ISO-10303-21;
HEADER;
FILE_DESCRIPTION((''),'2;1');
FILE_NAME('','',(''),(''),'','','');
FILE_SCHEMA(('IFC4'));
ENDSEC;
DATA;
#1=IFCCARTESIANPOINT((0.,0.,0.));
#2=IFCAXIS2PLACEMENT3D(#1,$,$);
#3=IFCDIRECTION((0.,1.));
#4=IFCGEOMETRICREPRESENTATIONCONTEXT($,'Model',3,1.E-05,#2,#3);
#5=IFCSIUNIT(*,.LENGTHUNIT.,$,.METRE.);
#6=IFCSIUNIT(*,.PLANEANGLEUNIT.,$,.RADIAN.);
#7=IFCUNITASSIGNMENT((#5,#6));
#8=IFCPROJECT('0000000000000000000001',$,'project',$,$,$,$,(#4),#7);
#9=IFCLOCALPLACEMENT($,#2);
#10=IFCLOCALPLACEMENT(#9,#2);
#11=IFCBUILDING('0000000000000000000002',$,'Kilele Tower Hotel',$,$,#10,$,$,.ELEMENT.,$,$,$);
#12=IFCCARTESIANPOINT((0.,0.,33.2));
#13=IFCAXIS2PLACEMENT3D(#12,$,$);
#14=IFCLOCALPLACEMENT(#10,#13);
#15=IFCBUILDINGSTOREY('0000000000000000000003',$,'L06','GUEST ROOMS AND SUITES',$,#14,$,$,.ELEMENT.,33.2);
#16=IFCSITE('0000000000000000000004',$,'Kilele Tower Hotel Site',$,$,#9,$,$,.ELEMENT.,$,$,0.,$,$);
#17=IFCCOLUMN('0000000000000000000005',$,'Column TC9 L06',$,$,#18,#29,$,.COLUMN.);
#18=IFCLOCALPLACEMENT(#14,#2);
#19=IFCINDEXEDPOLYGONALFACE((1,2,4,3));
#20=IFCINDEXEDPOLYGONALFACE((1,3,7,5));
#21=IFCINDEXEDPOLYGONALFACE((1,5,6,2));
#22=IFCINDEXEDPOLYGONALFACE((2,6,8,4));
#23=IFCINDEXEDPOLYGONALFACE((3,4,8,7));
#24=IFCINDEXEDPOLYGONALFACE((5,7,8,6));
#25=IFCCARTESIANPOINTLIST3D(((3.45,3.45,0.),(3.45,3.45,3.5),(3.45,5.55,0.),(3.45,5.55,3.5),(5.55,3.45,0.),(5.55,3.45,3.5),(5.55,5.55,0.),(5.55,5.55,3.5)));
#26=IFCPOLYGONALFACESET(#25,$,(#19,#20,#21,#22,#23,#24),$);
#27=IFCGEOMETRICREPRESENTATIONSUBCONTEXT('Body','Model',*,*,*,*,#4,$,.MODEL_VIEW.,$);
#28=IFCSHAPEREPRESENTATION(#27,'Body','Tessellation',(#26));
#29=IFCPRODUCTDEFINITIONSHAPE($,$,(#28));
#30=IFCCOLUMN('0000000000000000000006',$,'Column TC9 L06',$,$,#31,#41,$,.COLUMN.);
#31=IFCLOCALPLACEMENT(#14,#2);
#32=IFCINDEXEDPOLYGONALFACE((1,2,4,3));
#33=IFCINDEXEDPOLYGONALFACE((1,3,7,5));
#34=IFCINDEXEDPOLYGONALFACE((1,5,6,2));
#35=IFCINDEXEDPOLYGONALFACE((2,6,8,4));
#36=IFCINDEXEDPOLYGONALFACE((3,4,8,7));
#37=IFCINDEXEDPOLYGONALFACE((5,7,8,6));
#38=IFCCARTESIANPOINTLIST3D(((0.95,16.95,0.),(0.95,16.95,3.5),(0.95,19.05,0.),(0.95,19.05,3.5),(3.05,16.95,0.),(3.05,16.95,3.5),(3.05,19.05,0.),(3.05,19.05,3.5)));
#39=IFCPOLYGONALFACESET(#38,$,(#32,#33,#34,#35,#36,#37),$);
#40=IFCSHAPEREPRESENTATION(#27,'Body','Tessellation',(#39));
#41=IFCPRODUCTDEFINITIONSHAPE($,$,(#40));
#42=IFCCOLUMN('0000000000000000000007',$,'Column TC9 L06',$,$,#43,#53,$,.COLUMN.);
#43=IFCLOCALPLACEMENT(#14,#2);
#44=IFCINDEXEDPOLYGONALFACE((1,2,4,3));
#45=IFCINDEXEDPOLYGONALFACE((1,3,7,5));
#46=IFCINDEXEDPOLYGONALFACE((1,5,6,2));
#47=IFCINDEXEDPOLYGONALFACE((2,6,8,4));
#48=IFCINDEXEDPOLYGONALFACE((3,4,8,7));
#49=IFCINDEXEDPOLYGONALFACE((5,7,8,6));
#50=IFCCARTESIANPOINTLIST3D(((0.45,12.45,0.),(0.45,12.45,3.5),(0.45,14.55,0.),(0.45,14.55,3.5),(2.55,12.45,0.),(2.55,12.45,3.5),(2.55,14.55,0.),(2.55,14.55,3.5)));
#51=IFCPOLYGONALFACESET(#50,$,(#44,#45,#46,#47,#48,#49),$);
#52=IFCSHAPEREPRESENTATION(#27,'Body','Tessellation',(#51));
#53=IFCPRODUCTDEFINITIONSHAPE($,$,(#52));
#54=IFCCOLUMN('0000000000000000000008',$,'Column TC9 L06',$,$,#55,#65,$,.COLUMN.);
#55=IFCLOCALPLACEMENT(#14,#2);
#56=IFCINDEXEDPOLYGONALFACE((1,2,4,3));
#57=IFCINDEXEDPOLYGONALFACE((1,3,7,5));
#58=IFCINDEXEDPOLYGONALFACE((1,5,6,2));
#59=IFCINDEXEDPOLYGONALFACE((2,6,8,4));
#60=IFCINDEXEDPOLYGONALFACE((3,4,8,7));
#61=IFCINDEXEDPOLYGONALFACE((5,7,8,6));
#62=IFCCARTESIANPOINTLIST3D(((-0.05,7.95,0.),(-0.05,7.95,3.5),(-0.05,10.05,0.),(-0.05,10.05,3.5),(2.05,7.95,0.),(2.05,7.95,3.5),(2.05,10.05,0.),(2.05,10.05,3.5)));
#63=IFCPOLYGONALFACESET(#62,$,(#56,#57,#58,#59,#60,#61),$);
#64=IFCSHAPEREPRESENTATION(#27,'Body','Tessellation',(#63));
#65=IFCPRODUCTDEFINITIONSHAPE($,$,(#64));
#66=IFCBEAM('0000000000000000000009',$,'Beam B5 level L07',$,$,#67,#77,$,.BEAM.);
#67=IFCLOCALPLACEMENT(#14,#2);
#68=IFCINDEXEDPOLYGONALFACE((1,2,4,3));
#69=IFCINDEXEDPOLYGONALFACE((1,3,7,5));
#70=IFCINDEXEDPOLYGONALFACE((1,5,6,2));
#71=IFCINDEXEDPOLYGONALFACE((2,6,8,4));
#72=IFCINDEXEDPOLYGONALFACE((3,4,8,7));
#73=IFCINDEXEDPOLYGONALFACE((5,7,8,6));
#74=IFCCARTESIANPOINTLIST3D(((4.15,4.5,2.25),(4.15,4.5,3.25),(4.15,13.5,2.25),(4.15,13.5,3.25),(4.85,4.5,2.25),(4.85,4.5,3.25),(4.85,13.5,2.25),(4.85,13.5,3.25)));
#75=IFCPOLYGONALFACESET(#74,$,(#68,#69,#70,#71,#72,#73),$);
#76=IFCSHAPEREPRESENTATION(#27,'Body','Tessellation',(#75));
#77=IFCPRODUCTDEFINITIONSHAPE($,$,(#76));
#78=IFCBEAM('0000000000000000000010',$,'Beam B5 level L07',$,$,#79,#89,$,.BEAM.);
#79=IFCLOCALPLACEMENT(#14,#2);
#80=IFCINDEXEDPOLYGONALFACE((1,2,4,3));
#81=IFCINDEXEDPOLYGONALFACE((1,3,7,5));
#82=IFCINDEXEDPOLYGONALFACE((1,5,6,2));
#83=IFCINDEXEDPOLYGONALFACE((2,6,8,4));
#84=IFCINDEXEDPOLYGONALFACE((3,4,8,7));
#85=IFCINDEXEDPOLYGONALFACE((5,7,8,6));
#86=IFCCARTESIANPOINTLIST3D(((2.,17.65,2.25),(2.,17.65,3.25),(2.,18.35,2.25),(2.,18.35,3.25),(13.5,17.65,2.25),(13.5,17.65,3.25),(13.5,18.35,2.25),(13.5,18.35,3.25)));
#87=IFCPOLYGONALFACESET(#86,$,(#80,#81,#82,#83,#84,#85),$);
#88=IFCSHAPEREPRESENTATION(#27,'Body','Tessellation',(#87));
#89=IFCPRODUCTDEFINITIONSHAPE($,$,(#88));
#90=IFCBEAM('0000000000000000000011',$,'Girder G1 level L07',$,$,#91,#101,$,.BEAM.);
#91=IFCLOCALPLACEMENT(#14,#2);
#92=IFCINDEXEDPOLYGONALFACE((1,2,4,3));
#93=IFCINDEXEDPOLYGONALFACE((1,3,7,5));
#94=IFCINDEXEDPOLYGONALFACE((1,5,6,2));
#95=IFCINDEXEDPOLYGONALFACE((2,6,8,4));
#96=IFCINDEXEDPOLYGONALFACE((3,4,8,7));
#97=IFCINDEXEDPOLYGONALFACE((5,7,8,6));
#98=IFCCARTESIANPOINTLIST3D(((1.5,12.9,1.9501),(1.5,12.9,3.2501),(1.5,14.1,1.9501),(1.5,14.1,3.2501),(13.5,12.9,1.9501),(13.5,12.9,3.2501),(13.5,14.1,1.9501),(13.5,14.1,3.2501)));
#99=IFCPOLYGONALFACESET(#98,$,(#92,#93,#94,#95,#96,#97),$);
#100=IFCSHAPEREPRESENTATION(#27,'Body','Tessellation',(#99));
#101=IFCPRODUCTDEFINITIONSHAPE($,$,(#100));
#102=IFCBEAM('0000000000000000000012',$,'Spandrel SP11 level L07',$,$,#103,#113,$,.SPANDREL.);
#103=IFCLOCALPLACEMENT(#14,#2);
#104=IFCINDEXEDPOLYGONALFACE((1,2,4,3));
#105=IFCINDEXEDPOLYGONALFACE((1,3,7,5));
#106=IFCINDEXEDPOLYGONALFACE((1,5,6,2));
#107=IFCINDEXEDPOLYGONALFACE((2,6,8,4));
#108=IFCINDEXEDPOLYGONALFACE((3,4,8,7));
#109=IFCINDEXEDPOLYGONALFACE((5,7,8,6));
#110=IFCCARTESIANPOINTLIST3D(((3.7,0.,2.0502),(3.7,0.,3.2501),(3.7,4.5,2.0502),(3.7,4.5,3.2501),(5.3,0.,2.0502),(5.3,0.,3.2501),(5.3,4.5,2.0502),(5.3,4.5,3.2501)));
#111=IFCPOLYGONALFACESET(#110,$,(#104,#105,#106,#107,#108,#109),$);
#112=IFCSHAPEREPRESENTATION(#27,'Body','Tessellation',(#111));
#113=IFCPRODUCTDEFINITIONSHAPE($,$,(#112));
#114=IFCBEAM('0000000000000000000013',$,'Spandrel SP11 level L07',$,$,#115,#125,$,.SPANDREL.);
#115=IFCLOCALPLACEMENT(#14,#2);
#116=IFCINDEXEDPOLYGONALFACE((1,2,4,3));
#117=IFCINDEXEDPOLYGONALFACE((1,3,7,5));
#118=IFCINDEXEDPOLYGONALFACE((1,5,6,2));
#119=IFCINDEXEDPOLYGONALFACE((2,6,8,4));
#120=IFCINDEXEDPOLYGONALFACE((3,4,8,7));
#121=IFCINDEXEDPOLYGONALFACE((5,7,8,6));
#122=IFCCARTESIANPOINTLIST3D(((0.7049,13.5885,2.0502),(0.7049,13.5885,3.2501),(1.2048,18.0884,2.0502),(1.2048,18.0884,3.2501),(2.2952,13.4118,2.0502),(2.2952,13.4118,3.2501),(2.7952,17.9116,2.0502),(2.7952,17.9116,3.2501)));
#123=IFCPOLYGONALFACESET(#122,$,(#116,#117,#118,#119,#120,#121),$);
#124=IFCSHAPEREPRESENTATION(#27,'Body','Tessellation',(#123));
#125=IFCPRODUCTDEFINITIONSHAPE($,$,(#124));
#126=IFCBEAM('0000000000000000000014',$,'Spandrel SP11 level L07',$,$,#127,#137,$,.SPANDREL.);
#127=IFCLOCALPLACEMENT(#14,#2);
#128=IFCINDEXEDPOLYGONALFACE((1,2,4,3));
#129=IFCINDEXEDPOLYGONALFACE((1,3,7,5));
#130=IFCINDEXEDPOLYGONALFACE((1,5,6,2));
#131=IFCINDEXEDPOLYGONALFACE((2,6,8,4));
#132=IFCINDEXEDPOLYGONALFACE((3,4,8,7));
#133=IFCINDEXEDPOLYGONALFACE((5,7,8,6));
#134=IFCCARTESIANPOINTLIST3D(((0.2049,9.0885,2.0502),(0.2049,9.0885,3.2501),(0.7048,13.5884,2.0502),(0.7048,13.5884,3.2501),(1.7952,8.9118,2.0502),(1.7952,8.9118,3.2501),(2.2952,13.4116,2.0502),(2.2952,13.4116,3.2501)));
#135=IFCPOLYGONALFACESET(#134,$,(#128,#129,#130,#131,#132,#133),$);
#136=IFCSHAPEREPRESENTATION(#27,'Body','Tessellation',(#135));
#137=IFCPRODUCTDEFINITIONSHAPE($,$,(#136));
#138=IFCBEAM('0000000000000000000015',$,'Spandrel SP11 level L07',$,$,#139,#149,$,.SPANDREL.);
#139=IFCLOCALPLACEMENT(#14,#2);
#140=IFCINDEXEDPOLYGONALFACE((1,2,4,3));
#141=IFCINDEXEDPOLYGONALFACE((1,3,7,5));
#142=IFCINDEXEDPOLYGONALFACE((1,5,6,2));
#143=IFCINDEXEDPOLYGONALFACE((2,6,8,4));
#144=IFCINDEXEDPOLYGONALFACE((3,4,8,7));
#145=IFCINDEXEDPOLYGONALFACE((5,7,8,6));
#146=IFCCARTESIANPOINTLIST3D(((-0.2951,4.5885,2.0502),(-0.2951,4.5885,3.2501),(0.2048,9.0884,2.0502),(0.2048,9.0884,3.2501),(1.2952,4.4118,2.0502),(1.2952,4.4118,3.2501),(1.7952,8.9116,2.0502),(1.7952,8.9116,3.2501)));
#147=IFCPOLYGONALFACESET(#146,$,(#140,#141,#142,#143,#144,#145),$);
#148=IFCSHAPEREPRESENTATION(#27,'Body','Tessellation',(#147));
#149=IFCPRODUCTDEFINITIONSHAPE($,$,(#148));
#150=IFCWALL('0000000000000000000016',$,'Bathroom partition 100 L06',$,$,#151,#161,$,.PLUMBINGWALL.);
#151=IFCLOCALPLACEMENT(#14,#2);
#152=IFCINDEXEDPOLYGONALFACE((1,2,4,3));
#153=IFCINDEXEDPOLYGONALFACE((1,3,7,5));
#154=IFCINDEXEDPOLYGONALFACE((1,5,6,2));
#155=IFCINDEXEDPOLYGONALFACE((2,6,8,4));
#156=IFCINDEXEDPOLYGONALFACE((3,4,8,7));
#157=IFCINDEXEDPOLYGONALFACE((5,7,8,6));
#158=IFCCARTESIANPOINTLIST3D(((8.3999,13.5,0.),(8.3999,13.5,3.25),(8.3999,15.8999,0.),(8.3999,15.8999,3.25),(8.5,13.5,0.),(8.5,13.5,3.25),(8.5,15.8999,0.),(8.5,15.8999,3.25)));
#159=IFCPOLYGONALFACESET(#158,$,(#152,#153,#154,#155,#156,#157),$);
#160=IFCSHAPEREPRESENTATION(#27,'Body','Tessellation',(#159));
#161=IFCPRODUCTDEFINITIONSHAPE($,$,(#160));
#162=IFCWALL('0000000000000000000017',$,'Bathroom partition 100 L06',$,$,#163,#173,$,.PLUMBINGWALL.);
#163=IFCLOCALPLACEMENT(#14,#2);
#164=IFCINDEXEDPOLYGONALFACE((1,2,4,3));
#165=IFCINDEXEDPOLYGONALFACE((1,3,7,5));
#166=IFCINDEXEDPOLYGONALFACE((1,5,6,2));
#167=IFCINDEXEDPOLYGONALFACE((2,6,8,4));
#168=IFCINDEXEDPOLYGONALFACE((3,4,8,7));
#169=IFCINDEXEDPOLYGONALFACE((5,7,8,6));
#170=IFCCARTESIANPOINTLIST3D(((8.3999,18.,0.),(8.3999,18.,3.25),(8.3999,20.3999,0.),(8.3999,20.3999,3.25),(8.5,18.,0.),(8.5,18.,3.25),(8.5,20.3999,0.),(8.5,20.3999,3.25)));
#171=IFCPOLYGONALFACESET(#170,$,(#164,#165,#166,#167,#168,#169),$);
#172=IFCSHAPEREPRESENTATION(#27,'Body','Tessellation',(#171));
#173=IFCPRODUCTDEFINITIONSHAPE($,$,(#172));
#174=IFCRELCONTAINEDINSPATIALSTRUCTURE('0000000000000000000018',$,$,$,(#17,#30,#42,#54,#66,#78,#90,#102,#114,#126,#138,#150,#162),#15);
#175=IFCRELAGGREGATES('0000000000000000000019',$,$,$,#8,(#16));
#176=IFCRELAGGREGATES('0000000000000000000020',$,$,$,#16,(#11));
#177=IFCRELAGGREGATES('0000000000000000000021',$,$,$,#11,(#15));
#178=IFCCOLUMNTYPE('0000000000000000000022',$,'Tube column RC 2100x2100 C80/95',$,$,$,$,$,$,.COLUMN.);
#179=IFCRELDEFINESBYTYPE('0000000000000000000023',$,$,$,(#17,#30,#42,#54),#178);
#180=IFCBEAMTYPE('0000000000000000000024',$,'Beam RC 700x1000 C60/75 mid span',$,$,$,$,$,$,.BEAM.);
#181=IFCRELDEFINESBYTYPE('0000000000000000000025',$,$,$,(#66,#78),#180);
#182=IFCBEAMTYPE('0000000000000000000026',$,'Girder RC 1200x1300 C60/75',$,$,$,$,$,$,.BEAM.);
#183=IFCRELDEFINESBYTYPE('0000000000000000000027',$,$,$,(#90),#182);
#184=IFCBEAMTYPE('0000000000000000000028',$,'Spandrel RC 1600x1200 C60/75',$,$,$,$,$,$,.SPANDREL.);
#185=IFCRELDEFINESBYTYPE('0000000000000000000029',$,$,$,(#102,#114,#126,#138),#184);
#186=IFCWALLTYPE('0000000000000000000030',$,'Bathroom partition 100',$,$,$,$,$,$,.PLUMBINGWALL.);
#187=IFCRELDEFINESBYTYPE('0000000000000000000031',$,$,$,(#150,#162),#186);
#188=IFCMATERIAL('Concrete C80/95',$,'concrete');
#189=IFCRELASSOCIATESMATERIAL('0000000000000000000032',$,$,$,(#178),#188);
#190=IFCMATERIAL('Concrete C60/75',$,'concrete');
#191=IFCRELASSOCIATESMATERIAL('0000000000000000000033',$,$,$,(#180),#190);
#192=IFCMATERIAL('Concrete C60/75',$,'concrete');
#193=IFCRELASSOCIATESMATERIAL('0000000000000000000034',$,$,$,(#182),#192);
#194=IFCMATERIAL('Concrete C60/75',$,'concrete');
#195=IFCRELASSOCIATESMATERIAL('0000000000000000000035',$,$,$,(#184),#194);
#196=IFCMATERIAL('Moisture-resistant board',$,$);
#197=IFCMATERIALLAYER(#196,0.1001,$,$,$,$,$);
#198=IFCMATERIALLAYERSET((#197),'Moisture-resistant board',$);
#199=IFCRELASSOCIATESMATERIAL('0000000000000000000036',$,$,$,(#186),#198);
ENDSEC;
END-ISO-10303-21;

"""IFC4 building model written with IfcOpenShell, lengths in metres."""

from ifc_helpers import new_model, si_unit, direction, frame, frame_2d, origin, origin_2d, place, context, subcontext, project, spatial, rectangle, extrude, material, layer, layer_set, material_profile, profile_set, type_object, element, save


model = new_model("IFC4")

# Units and contexts
model_context = context("Model", 3, precision=1e-05, world=origin(), true_north=direction((0.0, 1.0)))
body_context = subcontext(model_context, "Body", "Model", "MODEL_VIEW")
ifc_project = project(units=[si_unit("LENGTHUNIT", "METRE"), si_unit("PLANEANGLEUNIT", "RADIAN")], contexts=[model_context])

# Site, building, storey
site_placement = place(None, origin())
site = spatial("IfcSite", under=ifc_project, at=site_placement, Name="Kilele Tower Hotel Site", CompositionType="ELEMENT", RefElevation=0.0)
building_placement = place(site_placement, origin())
building = spatial("IfcBuilding", under=site, at=building_placement, Name="Kilele Tower Hotel", CompositionType="ELEMENT")
storey_placement = place(building_placement, frame((0.0, 0.0, 33.2)))
storey = spatial("IfcBuildingStorey", under=building, at=storey_placement, Name="L06", Description="GUEST ROOMS AND SUITES", CompositionType="ELEMENT", Elevation=33.2)

# Columns
ifc_material_1 = material(Name="Concrete C80/95", Category="concrete")
ifc_material_profile_1 = material_profile(ifc_material_1, rectangle(XDim=2.1001, YDim=2.1001, at=origin_2d()))
ifc_profile_set_1 = profile_set([ifc_material_profile_1], Name="Concrete C80/95")
column_type = type_object("IfcColumnType", Name="Tube column RC 2100x2100 C80/95", PredefinedType="COLUMN", material=ifc_profile_set_1)
for number, where, z_axis, x_axis, name in (
    (1, (4.5, 4.5, 0.0), (0.0, 0.0, 1.0), (1.0, 0.0, 0.0), "Column TC9 L06"),
    (2, (2.0, 18.0, 0.0), (0.0, 0.0, 1.0), (1.0, 0.0, 0.0), "Column TC9 L06"),
    (3, (1.5, 13.5, 0.0), (0.0, 0.0, 1.0), (1.0, 0.0, 0.0), "Column TC9 L06"),
    (4, (1.0, 9.0, 0.0), (0.0, 0.0, 1.0), (1.0, 0.0, 0.0), "Column TC9 L06"),
):
    element("IfcColumn", number, at=place(storey_placement, frame(where, z_axis=z_axis, x_axis=x_axis)), inside=storey, type_object=column_type, Name=name, PredefinedType="COLUMN", context=body_context, shape_type="SweptSolid", body=[
        extrude(rectangle(XDim=2.1001, YDim=2.1001, at=origin_2d()), origin(), (0.0, 0.0, 1.0), 3.5),
    ])

# Beams
ifc_material_2 = material(Name="Concrete C60/75", Category="concrete")
ifc_material_profile_2 = material_profile(ifc_material_2, rectangle(XDim=0.7, YDim=1.0, at=origin_2d()))
ifc_profile_set_2 = profile_set([ifc_material_profile_2], Name="Concrete C60/75")
beam_type_1 = type_object("IfcBeamType", Name="Beam RC 700x1000 C60/75 mid span", PredefinedType="BEAM", material=ifc_profile_set_2)
beam_1_placement = place(storey_placement, frame((4.5, 4.5, 2.75), z_axis=(0.0, 1.0, 0.0), x_axis=(-1.0, 0.0, 0.0)))
element("IfcBeam", 5, at=beam_1_placement, inside=storey, type_object=beam_type_1, Name="Beam B5 level L07", PredefinedType="BEAM", context=body_context, shape_type="SweptSolid", body=[
    extrude(rectangle(XDim=0.7, YDim=1.0, at=origin_2d()), origin(), (0.0, 0.0, 1.0), 9.0),
])
beam_2_placement = place(storey_placement, frame((2.0, 18.0, 2.75), z_axis=(1.0, 0.0, 0.0), x_axis=(0.0, 1.0, 0.0)))
element("IfcBeam", 6, at=beam_2_placement, inside=storey, type_object=beam_type_1, Name="Beam B5 level L07", PredefinedType="BEAM", context=body_context, shape_type="SweptSolid", body=[
    extrude(rectangle(XDim=0.7, YDim=1.0, at=origin_2d()), origin(), (0.0, 0.0, 1.0), 11.5),
])
ifc_material_3 = material(Name="Concrete C60/75", Category="concrete")
ifc_material_profile_3 = material_profile(ifc_material_3, rectangle(XDim=1.2, YDim=1.3, at=origin_2d()))
ifc_profile_set_3 = profile_set([ifc_material_profile_3], Name="Concrete C60/75")
beam_type_2 = type_object("IfcBeamType", Name="Girder RC 1200x1300 C60/75", PredefinedType="BEAM", material=ifc_profile_set_3)
beam_3_placement = place(storey_placement, frame((1.5, 13.5, 2.6001), z_axis=(1.0, 0.0, 0.0), x_axis=(0.0, 1.0, 0.0)))
element("IfcBeam", 7, at=beam_3_placement, inside=storey, type_object=beam_type_2, Name="Girder G1 level L07", PredefinedType="BEAM", context=body_context, shape_type="SweptSolid", body=[
    extrude(rectangle(XDim=1.2, YDim=1.3, at=origin_2d()), origin(), (0.0, 0.0, 1.0), 12.0),
])
ifc_material_4 = material(Name="Concrete C60/75", Category="concrete")
ifc_material_profile_4 = material_profile(ifc_material_4, rectangle(XDim=1.6001, YDim=1.2, at=origin_2d()))
ifc_profile_set_4 = profile_set([ifc_material_profile_4], Name="Concrete C60/75")
beam_type_3 = type_object("IfcBeamType", Name="Spandrel RC 1600x1200 C60/75", PredefinedType="SPANDREL", material=ifc_profile_set_4)
beam_4_placement = place(storey_placement, frame((4.5, 4.5, 2.6501), z_axis=(0.0, -1.0, 0.0), x_axis=(1.0, 0.0, 0.0)))
element("IfcBeam", 8, at=beam_4_placement, inside=storey, type_object=beam_type_3, Name="Spandrel SP11 level L07", PredefinedType="SPANDREL", context=body_context, shape_type="SweptSolid", body=[
    extrude(rectangle(XDim=1.6001, YDim=1.2, at=origin_2d()), origin(), (0.0, 0.0, 1.0), 4.5),
])
for number, where, z_axis, x_axis, name in (
    (9, (2.0, 18.0, 2.6501), (-0.110432, -0.993884, 0.0), (0.993884, -0.110432, 0.0), "Spandrel SP11 level L07"),
    (10, (1.5, 13.5, 2.6501), (-0.110432, -0.993884, 0.0), (0.993884, -0.110432, 0.0), "Spandrel SP11 level L07"),
    (11, (1.0, 9.0, 2.6501), (-0.110432, -0.993884, 0.0), (0.993884, -0.110432, 0.0), "Spandrel SP11 level L07"),
):
    element("IfcBeam", number, at=place(storey_placement, frame(where, z_axis=z_axis, x_axis=x_axis)), inside=storey, type_object=beam_type_3, Name=name, PredefinedType="SPANDREL", context=body_context, shape_type="SweptSolid", body=[
        extrude(rectangle(XDim=1.6001, YDim=1.2, at=origin_2d()), origin(), (0.0, 0.0, 1.0), 4.5276),
    ])

# Walls
ifc_material_5 = material(Name="Moisture-resistant board")
ifc_layer_1 = layer(ifc_material_5, 0.1001)
ifc_layer_set_1 = layer_set([ifc_layer_1], Name="Moisture-resistant board")
wall_type_1 = type_object("IfcWallType", Name="Bathroom partition 100", PredefinedType="PLUMBINGWALL", material=ifc_layer_set_1)
for number, where, z_axis, x_axis, name in (
    (12, (8.45, 13.5, 0.0), (0.0, 0.0, 1.0), (0.0, 1.0, 0.0), "Bathroom partition 100 L06"),
    (13, (8.45, 18.0, 0.0), (0.0, 0.0, 1.0), (0.0, 1.0, 0.0), "Bathroom partition 100 L06"),
):
    element("IfcWall", number, at=place(storey_placement, frame(where, z_axis=z_axis, x_axis=x_axis)), inside=storey, type_object=wall_type_1, Name=name, PredefinedType="PLUMBINGWALL", context=body_context, shape_type="SweptSolid", body=[
        extrude(rectangle(XDim=2.3999, YDim=0.1001, at=frame_2d((1.2, 0.0))), origin(), (0.0, 0.0, 1.0), 3.25),
    ])

save(model, "model.ifc")
